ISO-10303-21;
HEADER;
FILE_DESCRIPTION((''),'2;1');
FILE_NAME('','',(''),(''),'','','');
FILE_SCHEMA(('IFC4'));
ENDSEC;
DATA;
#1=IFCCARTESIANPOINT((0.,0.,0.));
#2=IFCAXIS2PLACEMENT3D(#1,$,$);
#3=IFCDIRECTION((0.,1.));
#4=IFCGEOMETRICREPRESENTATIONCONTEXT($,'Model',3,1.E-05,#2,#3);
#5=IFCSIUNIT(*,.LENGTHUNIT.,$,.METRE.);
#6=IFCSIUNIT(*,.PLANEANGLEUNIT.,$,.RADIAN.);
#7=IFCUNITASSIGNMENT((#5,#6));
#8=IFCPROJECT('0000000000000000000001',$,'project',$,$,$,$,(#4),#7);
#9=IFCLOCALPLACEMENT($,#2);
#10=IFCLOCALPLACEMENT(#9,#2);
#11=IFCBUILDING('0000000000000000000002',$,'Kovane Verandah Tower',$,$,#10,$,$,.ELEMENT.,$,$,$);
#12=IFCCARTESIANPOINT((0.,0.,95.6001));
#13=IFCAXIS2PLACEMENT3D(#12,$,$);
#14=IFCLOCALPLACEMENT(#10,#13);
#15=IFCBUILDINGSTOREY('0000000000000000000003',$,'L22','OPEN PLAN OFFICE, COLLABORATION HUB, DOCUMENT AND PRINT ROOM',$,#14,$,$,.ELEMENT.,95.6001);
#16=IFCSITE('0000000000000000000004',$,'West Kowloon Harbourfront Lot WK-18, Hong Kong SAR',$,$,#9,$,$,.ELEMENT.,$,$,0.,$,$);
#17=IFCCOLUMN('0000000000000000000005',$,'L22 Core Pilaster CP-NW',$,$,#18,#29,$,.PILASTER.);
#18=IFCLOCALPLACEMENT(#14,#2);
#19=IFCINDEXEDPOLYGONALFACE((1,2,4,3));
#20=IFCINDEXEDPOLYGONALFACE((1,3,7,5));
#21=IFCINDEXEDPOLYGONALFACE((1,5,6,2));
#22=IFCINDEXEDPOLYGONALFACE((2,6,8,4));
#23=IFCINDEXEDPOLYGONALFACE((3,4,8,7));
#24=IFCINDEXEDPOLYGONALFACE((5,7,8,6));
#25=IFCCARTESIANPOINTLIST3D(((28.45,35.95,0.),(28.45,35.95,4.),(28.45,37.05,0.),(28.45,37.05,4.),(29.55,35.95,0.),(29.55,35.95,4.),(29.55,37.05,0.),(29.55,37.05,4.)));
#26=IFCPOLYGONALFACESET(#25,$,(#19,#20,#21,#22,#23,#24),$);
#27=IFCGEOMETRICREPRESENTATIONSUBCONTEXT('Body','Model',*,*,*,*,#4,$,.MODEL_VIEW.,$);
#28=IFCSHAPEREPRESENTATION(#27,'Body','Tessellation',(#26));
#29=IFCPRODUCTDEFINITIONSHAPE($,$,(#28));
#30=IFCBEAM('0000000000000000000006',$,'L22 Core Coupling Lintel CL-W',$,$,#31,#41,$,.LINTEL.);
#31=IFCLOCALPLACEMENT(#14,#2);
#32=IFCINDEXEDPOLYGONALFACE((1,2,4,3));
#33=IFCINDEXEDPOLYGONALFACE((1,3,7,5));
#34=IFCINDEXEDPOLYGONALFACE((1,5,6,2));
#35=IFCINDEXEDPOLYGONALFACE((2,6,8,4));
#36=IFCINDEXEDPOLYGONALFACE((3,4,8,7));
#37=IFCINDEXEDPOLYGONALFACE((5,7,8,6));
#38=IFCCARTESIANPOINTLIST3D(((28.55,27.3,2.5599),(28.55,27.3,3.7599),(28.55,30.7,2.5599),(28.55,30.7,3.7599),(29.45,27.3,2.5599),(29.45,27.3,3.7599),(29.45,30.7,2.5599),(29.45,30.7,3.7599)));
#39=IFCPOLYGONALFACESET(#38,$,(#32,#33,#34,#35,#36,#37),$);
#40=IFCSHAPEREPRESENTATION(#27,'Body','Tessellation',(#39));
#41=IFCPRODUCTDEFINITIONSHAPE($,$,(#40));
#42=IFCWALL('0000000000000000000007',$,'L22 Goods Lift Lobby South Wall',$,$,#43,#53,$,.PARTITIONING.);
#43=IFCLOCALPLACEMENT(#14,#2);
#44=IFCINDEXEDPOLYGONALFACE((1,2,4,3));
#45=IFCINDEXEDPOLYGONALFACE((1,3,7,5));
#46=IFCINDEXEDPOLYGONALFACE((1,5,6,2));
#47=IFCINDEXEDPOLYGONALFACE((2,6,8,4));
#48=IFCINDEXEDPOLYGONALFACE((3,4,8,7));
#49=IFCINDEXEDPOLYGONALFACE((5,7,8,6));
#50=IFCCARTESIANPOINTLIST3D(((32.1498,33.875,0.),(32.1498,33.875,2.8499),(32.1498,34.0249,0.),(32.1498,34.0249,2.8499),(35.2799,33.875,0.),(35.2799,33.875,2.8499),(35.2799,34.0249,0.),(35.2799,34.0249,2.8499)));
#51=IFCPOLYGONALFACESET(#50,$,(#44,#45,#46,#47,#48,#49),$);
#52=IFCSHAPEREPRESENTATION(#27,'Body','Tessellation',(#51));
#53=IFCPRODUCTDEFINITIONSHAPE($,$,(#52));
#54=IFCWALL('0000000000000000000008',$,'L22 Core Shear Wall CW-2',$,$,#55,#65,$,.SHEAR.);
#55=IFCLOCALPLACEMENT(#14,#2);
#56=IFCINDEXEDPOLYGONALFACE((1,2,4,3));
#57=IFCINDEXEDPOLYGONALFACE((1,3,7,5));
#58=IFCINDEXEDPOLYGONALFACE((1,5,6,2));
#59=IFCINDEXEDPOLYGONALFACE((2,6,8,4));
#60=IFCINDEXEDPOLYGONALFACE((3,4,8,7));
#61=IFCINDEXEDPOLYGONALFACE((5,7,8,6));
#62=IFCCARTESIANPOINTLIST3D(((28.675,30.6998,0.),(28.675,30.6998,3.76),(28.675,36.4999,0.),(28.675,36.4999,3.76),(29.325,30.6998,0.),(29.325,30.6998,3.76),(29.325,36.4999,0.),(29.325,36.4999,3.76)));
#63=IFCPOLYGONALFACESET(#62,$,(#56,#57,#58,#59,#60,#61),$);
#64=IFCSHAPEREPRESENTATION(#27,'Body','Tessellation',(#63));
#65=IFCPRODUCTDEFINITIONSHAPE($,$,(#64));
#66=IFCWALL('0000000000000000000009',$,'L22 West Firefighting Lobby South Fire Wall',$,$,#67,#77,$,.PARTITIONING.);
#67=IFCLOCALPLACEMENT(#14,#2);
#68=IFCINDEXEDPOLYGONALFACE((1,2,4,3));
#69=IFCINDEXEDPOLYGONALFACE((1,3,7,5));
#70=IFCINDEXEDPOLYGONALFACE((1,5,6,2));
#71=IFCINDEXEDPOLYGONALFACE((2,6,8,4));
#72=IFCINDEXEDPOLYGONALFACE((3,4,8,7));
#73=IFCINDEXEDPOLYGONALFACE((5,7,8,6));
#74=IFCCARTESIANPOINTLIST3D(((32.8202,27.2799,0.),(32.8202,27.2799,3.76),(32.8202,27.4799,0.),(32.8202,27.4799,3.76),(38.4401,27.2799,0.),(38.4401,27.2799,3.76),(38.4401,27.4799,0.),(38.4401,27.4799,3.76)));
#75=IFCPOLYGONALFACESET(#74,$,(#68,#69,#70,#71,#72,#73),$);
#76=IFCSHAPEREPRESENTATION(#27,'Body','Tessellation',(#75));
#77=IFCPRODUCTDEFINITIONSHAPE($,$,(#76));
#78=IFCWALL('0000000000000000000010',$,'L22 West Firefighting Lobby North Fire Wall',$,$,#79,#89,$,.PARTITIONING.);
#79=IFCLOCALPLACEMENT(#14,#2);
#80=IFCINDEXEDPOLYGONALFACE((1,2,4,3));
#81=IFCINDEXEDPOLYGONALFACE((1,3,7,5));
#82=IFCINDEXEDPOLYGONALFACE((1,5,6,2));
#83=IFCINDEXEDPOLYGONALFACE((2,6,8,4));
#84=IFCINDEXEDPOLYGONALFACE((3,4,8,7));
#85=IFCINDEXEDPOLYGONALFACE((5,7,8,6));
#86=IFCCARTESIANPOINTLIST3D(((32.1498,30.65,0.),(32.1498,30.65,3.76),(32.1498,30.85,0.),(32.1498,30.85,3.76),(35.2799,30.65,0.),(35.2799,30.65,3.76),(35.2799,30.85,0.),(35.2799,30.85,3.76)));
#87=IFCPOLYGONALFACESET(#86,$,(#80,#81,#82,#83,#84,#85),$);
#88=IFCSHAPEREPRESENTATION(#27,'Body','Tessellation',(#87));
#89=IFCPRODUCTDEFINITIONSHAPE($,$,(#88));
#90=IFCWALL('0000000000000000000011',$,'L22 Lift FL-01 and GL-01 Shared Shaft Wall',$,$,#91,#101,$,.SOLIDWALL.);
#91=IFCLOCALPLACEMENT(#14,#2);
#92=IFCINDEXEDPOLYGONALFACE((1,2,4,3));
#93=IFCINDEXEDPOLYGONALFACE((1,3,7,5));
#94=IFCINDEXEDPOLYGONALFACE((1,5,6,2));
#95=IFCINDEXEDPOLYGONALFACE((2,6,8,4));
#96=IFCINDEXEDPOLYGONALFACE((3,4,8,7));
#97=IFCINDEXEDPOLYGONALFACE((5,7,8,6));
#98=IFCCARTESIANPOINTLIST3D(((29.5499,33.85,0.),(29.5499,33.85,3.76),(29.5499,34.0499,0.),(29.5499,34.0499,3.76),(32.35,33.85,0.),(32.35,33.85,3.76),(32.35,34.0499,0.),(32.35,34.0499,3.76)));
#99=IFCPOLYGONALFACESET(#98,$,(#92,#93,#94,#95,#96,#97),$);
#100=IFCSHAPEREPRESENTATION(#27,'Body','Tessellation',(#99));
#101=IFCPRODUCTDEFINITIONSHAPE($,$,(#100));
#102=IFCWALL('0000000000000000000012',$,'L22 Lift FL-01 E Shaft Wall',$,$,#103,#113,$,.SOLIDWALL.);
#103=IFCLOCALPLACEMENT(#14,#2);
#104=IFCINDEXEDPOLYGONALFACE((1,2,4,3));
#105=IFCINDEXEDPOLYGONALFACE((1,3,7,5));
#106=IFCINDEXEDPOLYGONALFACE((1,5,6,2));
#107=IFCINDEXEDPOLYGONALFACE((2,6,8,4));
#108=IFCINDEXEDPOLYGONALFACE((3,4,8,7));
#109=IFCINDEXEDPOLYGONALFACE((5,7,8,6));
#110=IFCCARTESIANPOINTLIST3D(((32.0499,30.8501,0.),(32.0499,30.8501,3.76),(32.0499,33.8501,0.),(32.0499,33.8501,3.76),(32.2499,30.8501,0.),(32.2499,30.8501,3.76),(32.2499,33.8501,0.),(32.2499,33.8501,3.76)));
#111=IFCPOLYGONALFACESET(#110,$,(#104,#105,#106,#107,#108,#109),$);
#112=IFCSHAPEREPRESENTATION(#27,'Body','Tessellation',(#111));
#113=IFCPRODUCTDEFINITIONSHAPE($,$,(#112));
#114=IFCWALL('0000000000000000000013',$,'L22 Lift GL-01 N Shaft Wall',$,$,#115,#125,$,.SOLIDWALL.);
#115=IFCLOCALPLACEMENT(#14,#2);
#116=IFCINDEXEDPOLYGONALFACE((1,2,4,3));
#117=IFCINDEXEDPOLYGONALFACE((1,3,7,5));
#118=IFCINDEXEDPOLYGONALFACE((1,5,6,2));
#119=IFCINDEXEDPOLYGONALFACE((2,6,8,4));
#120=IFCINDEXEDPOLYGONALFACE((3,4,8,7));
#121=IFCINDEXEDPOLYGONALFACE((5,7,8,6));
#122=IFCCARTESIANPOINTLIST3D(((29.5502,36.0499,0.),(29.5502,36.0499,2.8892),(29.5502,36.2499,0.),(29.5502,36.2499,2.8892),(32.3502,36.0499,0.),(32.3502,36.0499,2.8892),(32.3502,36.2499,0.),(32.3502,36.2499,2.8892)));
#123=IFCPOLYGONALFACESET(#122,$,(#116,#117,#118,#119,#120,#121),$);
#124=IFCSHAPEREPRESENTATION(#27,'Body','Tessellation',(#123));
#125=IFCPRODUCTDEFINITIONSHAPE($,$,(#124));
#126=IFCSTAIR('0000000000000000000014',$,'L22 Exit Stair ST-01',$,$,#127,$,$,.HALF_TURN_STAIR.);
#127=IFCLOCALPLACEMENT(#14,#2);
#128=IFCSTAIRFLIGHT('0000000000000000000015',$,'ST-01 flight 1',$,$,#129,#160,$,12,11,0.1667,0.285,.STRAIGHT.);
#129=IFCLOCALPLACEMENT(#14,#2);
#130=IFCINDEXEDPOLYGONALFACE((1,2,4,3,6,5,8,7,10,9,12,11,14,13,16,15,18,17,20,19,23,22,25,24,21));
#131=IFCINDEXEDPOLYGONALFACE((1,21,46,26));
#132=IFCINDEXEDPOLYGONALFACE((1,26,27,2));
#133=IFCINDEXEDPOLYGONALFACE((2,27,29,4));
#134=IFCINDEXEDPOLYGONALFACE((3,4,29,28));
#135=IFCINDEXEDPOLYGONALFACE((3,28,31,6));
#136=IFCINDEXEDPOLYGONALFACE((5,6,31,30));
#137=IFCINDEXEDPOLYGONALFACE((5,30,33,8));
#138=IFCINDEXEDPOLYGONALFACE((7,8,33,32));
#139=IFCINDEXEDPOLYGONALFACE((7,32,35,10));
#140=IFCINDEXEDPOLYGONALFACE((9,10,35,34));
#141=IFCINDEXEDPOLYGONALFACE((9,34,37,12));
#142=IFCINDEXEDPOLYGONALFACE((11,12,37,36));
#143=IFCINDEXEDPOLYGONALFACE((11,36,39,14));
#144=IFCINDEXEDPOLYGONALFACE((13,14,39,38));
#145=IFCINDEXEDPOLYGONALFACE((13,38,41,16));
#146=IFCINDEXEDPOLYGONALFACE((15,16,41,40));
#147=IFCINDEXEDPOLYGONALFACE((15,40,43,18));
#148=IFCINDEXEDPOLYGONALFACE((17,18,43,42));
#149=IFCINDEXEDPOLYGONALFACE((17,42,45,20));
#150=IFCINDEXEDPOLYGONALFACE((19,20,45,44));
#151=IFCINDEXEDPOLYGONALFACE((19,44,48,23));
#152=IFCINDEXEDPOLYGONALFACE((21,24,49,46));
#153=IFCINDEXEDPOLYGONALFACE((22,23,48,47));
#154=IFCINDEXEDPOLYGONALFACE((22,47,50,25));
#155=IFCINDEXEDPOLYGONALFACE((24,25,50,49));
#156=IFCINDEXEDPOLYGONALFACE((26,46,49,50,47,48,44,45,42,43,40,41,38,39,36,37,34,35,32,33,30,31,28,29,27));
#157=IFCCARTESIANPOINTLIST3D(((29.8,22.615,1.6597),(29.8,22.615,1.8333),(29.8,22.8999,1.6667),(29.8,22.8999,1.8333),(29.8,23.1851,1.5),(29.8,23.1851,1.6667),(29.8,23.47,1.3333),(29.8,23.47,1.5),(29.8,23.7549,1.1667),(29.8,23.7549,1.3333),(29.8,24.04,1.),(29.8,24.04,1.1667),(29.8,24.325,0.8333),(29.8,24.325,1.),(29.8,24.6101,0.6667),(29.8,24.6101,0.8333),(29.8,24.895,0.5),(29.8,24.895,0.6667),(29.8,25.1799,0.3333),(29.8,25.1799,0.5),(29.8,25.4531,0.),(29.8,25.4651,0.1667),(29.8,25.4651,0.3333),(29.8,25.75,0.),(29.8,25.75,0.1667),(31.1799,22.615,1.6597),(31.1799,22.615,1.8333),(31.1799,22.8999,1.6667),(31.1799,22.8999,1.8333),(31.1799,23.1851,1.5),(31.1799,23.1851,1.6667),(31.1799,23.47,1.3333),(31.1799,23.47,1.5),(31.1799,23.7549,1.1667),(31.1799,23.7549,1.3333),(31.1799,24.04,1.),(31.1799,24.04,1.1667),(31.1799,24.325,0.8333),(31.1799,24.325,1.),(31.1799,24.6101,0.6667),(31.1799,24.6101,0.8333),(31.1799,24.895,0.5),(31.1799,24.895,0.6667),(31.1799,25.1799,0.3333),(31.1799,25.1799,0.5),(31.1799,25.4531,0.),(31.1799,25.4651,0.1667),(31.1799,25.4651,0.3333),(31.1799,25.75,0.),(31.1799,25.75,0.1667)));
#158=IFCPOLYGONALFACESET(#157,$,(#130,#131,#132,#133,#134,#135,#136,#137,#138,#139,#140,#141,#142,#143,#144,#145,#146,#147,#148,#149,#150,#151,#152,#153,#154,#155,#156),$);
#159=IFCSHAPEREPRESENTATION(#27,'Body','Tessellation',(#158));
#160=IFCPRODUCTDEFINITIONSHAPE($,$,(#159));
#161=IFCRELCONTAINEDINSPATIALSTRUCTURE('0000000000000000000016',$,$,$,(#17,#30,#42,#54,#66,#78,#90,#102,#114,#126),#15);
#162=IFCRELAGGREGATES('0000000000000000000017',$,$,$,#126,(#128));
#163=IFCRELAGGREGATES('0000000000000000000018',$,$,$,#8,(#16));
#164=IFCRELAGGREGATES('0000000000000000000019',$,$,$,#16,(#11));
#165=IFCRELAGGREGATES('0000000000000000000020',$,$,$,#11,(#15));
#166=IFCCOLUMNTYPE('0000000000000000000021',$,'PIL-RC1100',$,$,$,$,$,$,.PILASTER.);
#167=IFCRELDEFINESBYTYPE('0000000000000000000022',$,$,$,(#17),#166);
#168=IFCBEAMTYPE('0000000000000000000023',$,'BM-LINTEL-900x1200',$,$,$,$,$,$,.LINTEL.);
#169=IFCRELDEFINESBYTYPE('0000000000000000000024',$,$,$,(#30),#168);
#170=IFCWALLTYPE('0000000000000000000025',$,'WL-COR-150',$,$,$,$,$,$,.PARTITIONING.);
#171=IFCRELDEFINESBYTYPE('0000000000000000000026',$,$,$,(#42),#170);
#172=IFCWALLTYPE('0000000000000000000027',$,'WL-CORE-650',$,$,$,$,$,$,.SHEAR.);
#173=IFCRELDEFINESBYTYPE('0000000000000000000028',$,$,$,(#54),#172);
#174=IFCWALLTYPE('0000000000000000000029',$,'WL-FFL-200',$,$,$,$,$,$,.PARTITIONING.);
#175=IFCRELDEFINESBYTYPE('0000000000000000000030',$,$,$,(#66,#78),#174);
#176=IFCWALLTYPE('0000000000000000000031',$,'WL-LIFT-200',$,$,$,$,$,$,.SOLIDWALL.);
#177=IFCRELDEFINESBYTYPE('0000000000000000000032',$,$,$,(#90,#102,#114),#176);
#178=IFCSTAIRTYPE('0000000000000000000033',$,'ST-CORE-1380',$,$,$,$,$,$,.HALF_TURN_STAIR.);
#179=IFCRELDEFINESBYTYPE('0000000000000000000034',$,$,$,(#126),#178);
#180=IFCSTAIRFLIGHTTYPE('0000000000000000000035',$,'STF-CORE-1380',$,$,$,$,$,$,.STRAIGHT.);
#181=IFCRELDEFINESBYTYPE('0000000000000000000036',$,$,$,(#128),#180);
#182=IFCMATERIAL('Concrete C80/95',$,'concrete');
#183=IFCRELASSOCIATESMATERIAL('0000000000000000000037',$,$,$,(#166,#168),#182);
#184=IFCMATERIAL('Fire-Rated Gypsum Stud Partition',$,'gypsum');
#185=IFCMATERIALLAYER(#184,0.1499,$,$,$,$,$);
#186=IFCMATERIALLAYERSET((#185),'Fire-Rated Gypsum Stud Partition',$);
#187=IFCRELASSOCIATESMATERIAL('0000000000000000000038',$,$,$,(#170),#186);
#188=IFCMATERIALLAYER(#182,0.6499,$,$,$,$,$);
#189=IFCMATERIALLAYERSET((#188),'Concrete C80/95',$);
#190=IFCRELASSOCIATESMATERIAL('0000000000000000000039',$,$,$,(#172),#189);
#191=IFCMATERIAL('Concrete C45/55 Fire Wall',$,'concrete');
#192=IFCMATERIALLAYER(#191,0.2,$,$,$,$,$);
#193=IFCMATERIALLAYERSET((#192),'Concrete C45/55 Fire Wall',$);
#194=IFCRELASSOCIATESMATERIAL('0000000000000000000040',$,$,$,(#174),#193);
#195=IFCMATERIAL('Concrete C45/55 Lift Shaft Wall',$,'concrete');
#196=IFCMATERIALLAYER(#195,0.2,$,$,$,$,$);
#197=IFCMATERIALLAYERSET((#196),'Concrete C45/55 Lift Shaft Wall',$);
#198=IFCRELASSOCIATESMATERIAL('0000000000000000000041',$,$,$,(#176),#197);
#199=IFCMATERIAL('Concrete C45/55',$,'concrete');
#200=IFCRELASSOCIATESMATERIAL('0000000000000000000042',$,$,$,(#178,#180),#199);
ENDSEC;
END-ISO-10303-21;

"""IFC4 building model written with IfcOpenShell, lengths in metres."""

from ifc_helpers import new_model, si_unit, direction, frame, frame_2d, origin, origin_2d, place, context, subcontext, project, spatial, polyline, rectangle, outline, extrude, material, layer, layer_set, material_profile, profile_set, type_object, element, aggregate, save


model = new_model("IFC4")

# Units and contexts
model_context = context("Model", 3, precision=1e-05, world=origin(), true_north=direction((0.0, 1.0)))
body_context = subcontext(model_context, "Body", "Model", "MODEL_VIEW")
ifc_project = project(units=[si_unit("LENGTHUNIT", "METRE"), si_unit("PLANEANGLEUNIT", "RADIAN")], contexts=[model_context])

# Site, building, storey
site_placement = place(None, origin())
site = spatial("IfcSite", under=ifc_project, at=site_placement, Name="West Kowloon Harbourfront Lot WK-18, Hong Kong SAR", CompositionType="ELEMENT", RefElevation=0.0)
building_placement = place(site_placement, origin())
building = spatial("IfcBuilding", under=site, at=building_placement, Name="Kovane Verandah Tower", CompositionType="ELEMENT")
storey_placement = place(building_placement, frame((0.0, 0.0, 95.6001)))
storey = spatial("IfcBuildingStorey", under=building, at=storey_placement, Name="L22", Description="OPEN PLAN OFFICE, COLLABORATION HUB, DOCUMENT AND PRINT ROOM", CompositionType="ELEMENT", Elevation=95.6001)

# Column
ifc_material_1 = material(Name="Concrete C80/95", Category="concrete")
ifc_material_profile_1 = material_profile(ifc_material_1, rectangle(XDim=1.1001, YDim=1.1001, at=origin_2d()), Name="RC1100x1100")
ifc_profile_set_1 = profile_set([ifc_material_profile_1], Name="Concrete C80/95")
column_type = type_object("IfcColumnType", Name="PIL-RC1100", PredefinedType="PILASTER", material=ifc_profile_set_1)
column_placement = place(storey_placement, frame((29.0, 36.5, 0.0), z_axis=(0.0, 0.0, 1.0), x_axis=(1.0, 0.0, 0.0)))
element("IfcColumn", 1, at=column_placement, inside=storey, type_object=column_type, Name="L22 Core Pilaster CP-NW", PredefinedType="PILASTER", context=body_context, shape_type="SweptSolid", body=[
    extrude(rectangle(XDim=1.1001, YDim=1.1001, at=origin_2d()), origin(), (0.0, 0.0, 1.0), 4.0),
])

# Beam
ifc_material_profile_2 = material_profile(ifc_material_1, rectangle(XDim=0.8999, YDim=1.2, at=origin_2d()), Name="RCB900x1200")
ifc_profile_set_2 = profile_set([ifc_material_profile_2], Name="Concrete C80/95")
beam_type = type_object("IfcBeamType", Name="BM-LINTEL-900x1200", PredefinedType="LINTEL", material=ifc_profile_set_2)
beam_placement = place(storey_placement, frame((29.0, 27.3, 3.1599), z_axis=(0.0, 1.0, 0.0), x_axis=(-1.0, 0.0, 0.0)))
element("IfcBeam", 2, at=beam_placement, inside=storey, type_object=beam_type, Name="L22 Core Coupling Lintel CL-W", PredefinedType="LINTEL", context=body_context, shape_type="SweptSolid", body=[
    extrude(rectangle(XDim=0.8999, YDim=1.2, at=origin_2d()), origin(), (0.0, 0.0, 1.0), 3.3999),
])

# Walls
ifc_material_2 = material(Name="Fire-Rated Gypsum Stud Partition", Category="gypsum")
ifc_layer_1 = layer(ifc_material_2, 0.1499)
ifc_layer_set_1 = layer_set([ifc_layer_1], Name="Fire-Rated Gypsum Stud Partition")
wall_type_1 = type_object("IfcWallType", Name="WL-COR-150", PredefinedType="PARTITIONING", material=ifc_layer_set_1)
wall_1_placement = place(storey_placement, frame((32.1499, 33.95, 0.0), z_axis=(0.0, 0.0, 1.0), x_axis=(1.0, 0.0, 0.0)))
element("IfcWall", 3, at=wall_1_placement, inside=storey, type_object=wall_type_1, Name="L22 Goods Lift Lobby South Wall", PredefinedType="PARTITIONING", context=body_context, shape_type="SweptSolid", body=[
    extrude(rectangle(XDim=3.1301, YDim=0.1499, at=frame_2d((1.5649, 0.0))), origin(), (0.0, 0.0, 1.0), 2.8499),
])
ifc_layer_2 = layer(ifc_material_1, 0.6499)
ifc_layer_set_2 = layer_set([ifc_layer_2], Name="Concrete C80/95")
wall_type_2 = type_object("IfcWallType", Name="WL-CORE-650", PredefinedType="SHEAR", material=ifc_layer_set_2)
wall_2_placement = place(storey_placement, frame((29.0, 30.7, 0.0), z_axis=(0.0, 0.0, 1.0), x_axis=(0.0, 1.0, 0.0)))
element("IfcWall", 4, at=wall_2_placement, inside=storey, type_object=wall_type_2, Name="L22 Core Shear Wall CW-2", PredefinedType="SHEAR", context=body_context, shape_type="SweptSolid", body=[
    extrude(rectangle(XDim=5.8, YDim=0.6499, at=frame_2d((2.8999, 0.0))), origin(), (0.0, 0.0, 1.0), 3.76),
])

# Shared definitions
ifc_material_3 = material(Name="Concrete C45/55 Fire Wall", Category="concrete")
ifc_layer_3 = layer(ifc_material_3, 0.2)
ifc_layer_set_3 = layer_set([ifc_layer_3], Name="Concrete C45/55 Fire Wall")
wall_type_3 = type_object("IfcWallType", Name="WL-FFL-200", PredefinedType="PARTITIONING", material=ifc_layer_set_3)

# Walls
wall_3_placement = place(storey_placement, frame((32.8201, 27.3799, 0.0), z_axis=(0.0, 0.0, 1.0), x_axis=(1.0, 0.0, 0.0)))
element("IfcWall", 5, at=wall_3_placement, inside=storey, type_object=wall_type_3, Name="L22 West Firefighting Lobby South Fire Wall", PredefinedType="PARTITIONING", context=body_context, shape_type="SweptSolid", body=[
    extrude(rectangle(XDim=5.6199, YDim=0.2, at=frame_2d((2.8101, 0.0))), origin(), (0.0, 0.0, 1.0), 3.76),
])
wall_4_placement = place(storey_placement, frame((32.1499, 30.75, 0.0), z_axis=(0.0, 0.0, 1.0), x_axis=(1.0, 0.0, 0.0)))
element("IfcWall", 6, at=wall_4_placement, inside=storey, type_object=wall_type_3, Name="L22 West Firefighting Lobby North Fire Wall", PredefinedType="PARTITIONING", context=body_context, shape_type="SweptSolid", body=[
    extrude(rectangle(XDim=3.1301, YDim=0.2, at=frame_2d((1.5649, 0.0))), origin(), (0.0, 0.0, 1.0), 3.76),
])

# Shared definitions
ifc_material_4 = material(Name="Concrete C45/55 Lift Shaft Wall", Category="concrete")
ifc_layer_4 = layer(ifc_material_4, 0.2)
ifc_layer_set_4 = layer_set([ifc_layer_4], Name="Concrete C45/55 Lift Shaft Wall")
wall_type_4 = type_object("IfcWallType", Name="WL-LIFT-200", PredefinedType="SOLIDWALL", material=ifc_layer_set_4)

# Walls
wall_5_placement = place(storey_placement, frame((29.55, 33.95, 0.0), z_axis=(0.0, 0.0, 1.0), x_axis=(1.0, 0.0, 0.0)))
element("IfcWall", 7, at=wall_5_placement, inside=storey, type_object=wall_type_4, Name="L22 Lift FL-01 and GL-01 Shared Shaft Wall", PredefinedType="SOLIDWALL", context=body_context, shape_type="SweptSolid", body=[
    extrude(rectangle(XDim=2.8, YDim=0.2, at=frame_2d((1.3999, 0.0))), origin(), (0.0, 0.0, 1.0), 3.76),
])
wall_6_placement = place(storey_placement, frame((32.1499, 30.8501, 0.0), z_axis=(0.0, 0.0, 1.0), x_axis=(0.0, 1.0, 0.0)))
element("IfcWall", 8, at=wall_6_placement, inside=storey, type_object=wall_type_4, Name="L22 Lift FL-01 E Shaft Wall", PredefinedType="SOLIDWALL", context=body_context, shape_type="SweptSolid", body=[
    extrude(rectangle(XDim=3.0, YDim=0.2, at=frame_2d((1.5, 0.0))), origin(), (0.0, 0.0, 1.0), 3.76),
])
wall_7_placement = place(storey_placement, frame((32.3501, 36.1499, 0.0), z_axis=(0.0, 0.0, 1.0), x_axis=(-1.0, 0.0, 0.0)))
element("IfcWall", 9, at=wall_7_placement, inside=storey, type_object=wall_type_4, Name="L22 Lift GL-01 N Shaft Wall", PredefinedType="SOLIDWALL", context=body_context, shape_type="SweptSolid", body=[
    extrude(rectangle(XDim=2.8, YDim=0.2, at=frame_2d((1.3999, 0.0))), origin(), (0.0, 0.0, 1.0), 2.8892),
])

# Shared definitions
ifc_material_5 = material(Name="Concrete C45/55", Category="concrete")

# Stair, stair flight
stair_type = type_object("IfcStairType", Name="ST-CORE-1380", PredefinedType="HALF_TURN_STAIR", material=ifc_material_5)
stair_placement = place(storey_placement, origin())
stair = element("IfcStair", 10, at=stair_placement, inside=storey, type_object=stair_type, Name="L22 Exit Stair ST-01", PredefinedType="HALF_TURN_STAIR")
stair_flight_type = type_object("IfcStairFlightType", Name="STF-CORE-1380", PredefinedType="STRAIGHT", material=ifc_material_5)
stair_flight_1_placement = place(storey_placement, frame((30.49, 25.75, 0.0), z_axis=(0.0, 0.0, 1.0), x_axis=(0.0, -1.0, 0.0)))
stair_flight_1 = element("IfcStairFlight", 11, at=stair_flight_1_placement, type_object=stair_flight_type, Name="ST-01 flight 1", NumberOfRisers=12, NumberOfTreads=11, PredefinedType="STRAIGHT", RiserHeight=0.1667, TreadLength=0.285, context=body_context, shape_type="SweptSolid", body=[
    extrude(outline(polyline([(0.0, 0.0), (0.0, 0.1667), (0.2849, 0.1667), (0.2849, 0.3333), (0.5701, 0.3333), (0.5701, 0.5), (0.855, 0.5), (0.855, 0.6667), (1.1399, 0.6667), (1.1399, 0.8333), (1.425, 0.8333), (1.425, 1.0), (1.71, 1.0), (1.71, 1.1667), (1.9951, 1.1667), (1.9951, 1.3333), (2.28, 1.3333), (2.28, 1.5), (2.5649, 1.5), (2.5649, 1.6667), (2.8501, 1.6667), (2.8501, 1.8333), (3.135, 1.8333), (3.135, 2.0), (3.135, 1.6597), (0.2969, 0.0), (0.0, 0.0)])), frame((0.0, 0.6899, 0.0), z_axis=(0.0, -1.0, 0.0), x_axis=(1.0, 0.0, 0.0)), (0.0, 0.0, 1.0), 1.3799),
])
aggregate(stair, [stair_flight_1])

save(model, "model.ifc")
